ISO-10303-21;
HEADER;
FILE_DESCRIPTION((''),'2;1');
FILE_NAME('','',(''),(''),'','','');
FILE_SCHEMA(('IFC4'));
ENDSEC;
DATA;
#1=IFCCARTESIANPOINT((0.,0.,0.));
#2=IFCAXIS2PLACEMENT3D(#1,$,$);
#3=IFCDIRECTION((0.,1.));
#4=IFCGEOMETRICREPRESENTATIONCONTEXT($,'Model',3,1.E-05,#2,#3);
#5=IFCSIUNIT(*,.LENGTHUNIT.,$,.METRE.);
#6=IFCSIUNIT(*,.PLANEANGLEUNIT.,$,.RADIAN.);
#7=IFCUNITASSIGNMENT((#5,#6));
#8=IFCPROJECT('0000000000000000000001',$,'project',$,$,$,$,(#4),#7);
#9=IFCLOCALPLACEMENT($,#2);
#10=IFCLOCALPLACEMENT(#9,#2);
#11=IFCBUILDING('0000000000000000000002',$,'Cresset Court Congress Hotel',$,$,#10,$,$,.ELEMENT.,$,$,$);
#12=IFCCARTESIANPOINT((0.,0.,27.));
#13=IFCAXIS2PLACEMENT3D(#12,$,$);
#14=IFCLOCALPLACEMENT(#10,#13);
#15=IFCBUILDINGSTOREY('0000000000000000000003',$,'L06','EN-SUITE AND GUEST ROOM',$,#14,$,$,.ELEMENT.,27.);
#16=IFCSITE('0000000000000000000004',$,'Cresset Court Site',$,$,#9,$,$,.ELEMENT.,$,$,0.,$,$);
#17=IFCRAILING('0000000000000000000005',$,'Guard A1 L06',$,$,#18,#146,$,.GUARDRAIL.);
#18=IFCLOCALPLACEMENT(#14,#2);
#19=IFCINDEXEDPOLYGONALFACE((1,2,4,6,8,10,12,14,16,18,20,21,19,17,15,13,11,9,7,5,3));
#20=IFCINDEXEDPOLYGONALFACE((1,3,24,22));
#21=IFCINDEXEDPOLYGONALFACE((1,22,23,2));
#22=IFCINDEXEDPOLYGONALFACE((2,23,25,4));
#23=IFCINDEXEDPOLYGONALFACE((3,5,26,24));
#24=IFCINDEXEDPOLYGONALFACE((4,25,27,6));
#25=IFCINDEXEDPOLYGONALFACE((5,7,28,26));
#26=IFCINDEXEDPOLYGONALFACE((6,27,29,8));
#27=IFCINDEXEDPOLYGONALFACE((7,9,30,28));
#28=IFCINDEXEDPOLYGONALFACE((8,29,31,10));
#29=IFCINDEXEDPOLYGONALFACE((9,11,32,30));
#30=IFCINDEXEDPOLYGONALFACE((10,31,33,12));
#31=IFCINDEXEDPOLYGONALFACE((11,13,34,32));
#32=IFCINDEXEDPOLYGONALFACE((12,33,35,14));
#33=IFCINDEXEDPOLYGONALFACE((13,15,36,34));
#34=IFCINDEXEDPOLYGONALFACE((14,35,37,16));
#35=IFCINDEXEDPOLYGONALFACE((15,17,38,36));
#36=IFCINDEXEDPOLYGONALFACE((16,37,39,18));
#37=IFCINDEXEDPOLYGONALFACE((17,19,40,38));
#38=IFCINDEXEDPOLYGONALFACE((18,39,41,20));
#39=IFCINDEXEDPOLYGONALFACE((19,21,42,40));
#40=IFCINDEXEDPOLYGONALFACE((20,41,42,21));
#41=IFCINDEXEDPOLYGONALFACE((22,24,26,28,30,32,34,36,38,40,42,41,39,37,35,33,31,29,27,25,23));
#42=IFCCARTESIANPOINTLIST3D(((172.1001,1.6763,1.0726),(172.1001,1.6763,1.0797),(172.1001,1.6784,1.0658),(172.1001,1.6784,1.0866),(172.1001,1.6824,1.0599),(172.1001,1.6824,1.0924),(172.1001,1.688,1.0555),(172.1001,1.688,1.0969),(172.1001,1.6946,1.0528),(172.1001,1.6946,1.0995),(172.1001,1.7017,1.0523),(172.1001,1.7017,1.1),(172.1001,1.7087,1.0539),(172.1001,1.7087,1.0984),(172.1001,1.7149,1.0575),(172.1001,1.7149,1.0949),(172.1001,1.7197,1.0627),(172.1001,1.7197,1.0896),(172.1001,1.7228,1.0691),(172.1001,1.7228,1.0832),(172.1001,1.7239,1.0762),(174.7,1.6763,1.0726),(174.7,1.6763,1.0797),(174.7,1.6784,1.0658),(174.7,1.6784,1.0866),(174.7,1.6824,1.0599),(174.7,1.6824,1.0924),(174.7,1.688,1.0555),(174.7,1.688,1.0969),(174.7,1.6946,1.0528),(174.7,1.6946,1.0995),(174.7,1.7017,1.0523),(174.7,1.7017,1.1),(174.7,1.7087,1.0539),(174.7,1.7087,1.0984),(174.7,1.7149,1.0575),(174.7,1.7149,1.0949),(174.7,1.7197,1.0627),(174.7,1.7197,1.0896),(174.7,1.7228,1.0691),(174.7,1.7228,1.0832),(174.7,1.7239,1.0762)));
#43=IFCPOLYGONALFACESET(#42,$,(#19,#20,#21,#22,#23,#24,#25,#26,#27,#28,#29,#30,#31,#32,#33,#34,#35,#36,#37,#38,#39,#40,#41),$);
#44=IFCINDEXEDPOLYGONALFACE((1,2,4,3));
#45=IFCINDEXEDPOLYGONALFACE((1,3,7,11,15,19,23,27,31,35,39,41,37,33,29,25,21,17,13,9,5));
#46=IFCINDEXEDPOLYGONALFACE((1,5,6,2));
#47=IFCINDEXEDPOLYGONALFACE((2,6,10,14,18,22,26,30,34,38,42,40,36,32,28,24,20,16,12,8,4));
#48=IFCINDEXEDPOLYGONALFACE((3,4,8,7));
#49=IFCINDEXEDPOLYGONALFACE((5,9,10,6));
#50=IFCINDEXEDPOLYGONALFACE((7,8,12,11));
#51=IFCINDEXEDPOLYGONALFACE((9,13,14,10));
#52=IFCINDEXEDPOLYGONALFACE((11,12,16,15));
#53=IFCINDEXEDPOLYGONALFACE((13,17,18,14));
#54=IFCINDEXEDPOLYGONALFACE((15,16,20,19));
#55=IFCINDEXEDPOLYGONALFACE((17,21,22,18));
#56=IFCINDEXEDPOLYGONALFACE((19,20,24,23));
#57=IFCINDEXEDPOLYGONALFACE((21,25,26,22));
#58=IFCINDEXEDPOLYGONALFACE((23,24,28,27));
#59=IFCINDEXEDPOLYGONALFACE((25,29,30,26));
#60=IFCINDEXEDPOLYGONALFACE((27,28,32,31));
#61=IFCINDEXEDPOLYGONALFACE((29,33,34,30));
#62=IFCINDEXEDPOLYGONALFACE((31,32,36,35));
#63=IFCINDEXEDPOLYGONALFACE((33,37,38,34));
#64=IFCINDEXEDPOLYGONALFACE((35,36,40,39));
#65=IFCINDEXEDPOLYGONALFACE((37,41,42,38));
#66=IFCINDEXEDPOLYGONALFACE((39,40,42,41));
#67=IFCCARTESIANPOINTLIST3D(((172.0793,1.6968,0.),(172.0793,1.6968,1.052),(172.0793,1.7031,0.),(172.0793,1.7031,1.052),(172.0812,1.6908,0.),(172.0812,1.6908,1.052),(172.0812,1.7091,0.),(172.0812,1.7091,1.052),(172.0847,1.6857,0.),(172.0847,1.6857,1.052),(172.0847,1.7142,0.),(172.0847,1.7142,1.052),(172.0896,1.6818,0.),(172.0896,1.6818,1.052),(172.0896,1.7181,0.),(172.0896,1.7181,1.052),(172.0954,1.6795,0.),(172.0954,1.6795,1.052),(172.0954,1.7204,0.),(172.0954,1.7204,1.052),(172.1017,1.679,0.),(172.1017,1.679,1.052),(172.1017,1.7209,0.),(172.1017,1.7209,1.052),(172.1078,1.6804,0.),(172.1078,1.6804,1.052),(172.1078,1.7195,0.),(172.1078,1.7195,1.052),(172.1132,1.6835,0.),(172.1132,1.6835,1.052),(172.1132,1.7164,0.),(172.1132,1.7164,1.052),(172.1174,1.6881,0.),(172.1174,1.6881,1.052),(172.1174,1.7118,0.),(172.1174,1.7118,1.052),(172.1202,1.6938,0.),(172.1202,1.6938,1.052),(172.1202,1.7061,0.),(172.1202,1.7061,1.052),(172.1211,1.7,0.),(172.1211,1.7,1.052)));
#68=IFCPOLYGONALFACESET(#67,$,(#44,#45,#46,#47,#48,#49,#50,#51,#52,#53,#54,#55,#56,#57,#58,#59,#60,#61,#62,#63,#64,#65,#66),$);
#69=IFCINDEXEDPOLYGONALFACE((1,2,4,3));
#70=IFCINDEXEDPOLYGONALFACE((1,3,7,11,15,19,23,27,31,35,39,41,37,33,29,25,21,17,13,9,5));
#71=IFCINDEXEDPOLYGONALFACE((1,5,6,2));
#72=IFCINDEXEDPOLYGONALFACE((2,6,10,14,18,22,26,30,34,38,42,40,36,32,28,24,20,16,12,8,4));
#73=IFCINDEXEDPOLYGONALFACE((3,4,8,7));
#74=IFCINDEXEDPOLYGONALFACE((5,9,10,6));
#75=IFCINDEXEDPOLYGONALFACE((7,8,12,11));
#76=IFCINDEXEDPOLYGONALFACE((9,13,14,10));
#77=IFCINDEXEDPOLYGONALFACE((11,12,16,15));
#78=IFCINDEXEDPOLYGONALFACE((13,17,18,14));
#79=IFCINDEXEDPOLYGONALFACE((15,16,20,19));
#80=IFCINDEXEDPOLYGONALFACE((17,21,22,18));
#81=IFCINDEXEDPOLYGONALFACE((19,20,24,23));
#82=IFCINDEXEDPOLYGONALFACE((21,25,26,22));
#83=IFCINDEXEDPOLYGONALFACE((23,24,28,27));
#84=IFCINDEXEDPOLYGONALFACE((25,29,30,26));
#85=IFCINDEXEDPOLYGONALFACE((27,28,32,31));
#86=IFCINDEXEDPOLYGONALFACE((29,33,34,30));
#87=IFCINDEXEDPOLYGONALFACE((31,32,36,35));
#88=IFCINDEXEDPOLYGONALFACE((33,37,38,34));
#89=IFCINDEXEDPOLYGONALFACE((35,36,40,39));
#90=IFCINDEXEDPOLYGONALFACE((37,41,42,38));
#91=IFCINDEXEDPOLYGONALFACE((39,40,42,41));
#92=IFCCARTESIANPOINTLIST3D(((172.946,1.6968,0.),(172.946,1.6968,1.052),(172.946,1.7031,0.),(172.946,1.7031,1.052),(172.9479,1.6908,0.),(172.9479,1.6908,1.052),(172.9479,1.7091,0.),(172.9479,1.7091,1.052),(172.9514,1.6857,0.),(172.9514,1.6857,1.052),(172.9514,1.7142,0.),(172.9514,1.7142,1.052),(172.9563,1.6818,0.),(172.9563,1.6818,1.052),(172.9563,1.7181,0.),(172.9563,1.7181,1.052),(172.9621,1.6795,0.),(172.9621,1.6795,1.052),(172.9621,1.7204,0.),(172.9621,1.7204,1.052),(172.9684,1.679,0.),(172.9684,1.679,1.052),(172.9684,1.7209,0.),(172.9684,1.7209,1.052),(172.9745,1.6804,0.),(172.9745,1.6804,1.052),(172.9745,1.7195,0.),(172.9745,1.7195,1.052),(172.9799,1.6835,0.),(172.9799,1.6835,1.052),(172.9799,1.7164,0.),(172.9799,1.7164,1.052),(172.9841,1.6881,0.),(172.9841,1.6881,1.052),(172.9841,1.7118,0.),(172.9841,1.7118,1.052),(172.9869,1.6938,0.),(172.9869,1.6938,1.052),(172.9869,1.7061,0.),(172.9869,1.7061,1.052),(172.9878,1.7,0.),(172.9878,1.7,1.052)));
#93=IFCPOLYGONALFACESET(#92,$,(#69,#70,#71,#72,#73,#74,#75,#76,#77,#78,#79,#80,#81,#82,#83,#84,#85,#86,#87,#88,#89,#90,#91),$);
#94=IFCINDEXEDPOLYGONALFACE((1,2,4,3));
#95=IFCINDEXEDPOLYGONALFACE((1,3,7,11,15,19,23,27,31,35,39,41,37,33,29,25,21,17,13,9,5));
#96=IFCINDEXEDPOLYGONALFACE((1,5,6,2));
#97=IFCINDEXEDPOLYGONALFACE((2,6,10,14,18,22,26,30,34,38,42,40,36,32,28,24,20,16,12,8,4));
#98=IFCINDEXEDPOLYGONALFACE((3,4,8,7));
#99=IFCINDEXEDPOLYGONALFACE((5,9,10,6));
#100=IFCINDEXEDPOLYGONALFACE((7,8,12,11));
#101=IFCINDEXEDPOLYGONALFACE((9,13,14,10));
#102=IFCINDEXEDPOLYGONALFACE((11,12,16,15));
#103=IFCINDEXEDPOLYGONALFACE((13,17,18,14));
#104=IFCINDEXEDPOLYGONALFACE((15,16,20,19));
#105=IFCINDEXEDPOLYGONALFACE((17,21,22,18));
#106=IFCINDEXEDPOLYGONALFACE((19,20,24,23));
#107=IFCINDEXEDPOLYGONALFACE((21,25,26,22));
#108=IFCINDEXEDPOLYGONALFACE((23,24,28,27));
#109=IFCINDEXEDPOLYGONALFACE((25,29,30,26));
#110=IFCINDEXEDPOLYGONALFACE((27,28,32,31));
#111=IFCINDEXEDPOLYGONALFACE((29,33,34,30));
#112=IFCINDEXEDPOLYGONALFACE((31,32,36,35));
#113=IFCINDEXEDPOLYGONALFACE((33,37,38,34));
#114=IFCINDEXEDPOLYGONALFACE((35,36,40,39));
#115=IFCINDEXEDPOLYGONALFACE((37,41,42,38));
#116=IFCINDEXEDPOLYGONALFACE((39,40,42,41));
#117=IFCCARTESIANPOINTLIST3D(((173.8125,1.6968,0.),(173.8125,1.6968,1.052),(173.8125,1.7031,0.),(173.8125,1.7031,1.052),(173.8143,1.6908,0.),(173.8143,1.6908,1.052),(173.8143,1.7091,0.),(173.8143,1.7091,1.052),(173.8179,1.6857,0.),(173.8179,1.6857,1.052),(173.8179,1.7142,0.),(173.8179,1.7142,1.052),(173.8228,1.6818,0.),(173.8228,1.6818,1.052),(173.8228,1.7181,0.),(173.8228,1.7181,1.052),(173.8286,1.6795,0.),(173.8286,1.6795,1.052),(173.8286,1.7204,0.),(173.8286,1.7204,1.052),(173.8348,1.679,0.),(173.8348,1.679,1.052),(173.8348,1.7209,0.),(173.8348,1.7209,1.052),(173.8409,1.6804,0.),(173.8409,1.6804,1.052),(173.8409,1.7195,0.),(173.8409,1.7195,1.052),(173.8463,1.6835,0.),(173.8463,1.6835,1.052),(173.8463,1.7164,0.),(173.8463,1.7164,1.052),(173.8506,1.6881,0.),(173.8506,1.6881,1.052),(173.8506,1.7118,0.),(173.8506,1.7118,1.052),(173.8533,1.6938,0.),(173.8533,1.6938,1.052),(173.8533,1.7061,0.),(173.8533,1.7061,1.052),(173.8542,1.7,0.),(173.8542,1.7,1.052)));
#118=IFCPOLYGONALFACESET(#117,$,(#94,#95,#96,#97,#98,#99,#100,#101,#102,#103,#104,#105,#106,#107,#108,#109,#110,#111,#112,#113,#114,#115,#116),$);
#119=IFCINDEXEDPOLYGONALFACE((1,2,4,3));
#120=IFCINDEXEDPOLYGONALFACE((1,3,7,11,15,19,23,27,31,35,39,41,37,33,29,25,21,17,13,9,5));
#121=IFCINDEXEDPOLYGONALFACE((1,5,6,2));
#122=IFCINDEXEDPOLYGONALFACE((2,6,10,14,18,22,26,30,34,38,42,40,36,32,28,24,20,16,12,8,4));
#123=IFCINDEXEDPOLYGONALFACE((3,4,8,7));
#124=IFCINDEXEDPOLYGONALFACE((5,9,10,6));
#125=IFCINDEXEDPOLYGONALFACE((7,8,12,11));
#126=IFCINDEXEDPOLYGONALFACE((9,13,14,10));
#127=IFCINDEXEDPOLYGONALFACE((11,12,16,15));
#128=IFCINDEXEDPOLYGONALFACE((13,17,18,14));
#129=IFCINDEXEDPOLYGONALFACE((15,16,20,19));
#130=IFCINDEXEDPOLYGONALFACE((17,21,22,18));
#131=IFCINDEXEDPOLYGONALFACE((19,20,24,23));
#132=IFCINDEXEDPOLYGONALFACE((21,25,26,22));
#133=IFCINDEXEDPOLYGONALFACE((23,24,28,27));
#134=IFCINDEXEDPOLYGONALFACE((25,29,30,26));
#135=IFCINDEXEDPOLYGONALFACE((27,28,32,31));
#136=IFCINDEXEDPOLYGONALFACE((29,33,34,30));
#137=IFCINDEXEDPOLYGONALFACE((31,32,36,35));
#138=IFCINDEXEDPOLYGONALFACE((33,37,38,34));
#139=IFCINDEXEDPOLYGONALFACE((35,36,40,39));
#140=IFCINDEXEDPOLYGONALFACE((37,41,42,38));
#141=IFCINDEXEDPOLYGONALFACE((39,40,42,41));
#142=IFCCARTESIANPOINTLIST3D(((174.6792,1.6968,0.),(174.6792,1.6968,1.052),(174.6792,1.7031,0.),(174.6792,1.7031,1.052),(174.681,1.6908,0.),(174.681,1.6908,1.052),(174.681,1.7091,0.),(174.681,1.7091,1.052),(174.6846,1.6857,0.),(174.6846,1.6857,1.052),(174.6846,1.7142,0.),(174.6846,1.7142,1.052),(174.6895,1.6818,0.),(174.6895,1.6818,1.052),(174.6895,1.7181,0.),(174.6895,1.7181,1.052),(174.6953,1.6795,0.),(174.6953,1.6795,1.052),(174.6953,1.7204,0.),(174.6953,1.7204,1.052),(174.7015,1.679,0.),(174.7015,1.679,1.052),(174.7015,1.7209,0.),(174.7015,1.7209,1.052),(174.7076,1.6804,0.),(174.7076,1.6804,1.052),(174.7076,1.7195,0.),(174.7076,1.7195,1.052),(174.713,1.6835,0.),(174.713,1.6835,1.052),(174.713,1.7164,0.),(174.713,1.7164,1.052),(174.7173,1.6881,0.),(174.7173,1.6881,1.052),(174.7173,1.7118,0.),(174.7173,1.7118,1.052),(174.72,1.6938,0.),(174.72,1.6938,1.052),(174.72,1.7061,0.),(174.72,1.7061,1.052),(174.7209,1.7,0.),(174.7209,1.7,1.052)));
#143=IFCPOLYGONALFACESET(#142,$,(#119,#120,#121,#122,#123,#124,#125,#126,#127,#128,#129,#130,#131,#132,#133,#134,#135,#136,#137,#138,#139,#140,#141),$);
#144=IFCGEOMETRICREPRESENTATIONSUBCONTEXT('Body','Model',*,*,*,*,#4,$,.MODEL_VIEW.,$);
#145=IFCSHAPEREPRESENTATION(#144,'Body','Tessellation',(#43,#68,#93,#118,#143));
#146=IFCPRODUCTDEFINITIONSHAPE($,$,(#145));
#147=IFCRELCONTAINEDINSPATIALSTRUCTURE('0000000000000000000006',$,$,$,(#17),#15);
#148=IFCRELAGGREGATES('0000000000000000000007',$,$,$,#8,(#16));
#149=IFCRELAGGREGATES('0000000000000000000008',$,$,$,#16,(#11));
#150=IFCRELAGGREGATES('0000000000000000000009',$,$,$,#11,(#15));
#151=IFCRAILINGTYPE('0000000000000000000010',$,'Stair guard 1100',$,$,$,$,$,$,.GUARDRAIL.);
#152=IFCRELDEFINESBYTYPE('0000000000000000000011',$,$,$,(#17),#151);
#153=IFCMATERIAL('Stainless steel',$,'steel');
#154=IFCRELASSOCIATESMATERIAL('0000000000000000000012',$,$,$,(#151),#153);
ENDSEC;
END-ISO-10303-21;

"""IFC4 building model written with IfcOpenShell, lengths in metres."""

from ifc_helpers import new_model, si_unit, direction, frame, origin, origin_2d, place, context, subcontext, project, spatial, circle, extrude, material, type_object, element, save


model = new_model("IFC4")

# Units and contexts
model_context = context("Model", 3, precision=1e-05, world=origin(), true_north=direction((0.0, 1.0)))
body_context = subcontext(model_context, "Body", "Model", "MODEL_VIEW")
ifc_project = project(units=[si_unit("LENGTHUNIT", "METRE"), si_unit("PLANEANGLEUNIT", "RADIAN")], contexts=[model_context])

# Site, building, storey
site_placement = place(None, origin())
site = spatial("IfcSite", under=ifc_project, at=site_placement, Name="Cresset Court Site", CompositionType="ELEMENT", RefElevation=0.0)
building_placement = place(site_placement, origin())
building = spatial("IfcBuilding", under=site, at=building_placement, Name="Cresset Court Congress Hotel", CompositionType="ELEMENT")
storey_placement = place(building_placement, frame((0.0, 0.0, 27.0)))
storey = spatial("IfcBuildingStorey", under=building, at=storey_placement, Name="L06", Description="EN-SUITE AND GUEST ROOM", CompositionType="ELEMENT", Elevation=27.0)

# Railing
ifc_material_1 = material(Name="Stainless steel", Category="steel")
railing_type_1 = type_object("IfcRailingType", Name="Stair guard 1100", PredefinedType="GUARDRAIL", material=ifc_material_1)
railing_1_placement = place(storey_placement, frame((172.1001, 1.7, 0.0)))
element("IfcRailing", 1, at=railing_1_placement, inside=storey, type_object=railing_type_1, Name="Guard A1 L06", PredefinedType="GUARDRAIL", context=body_context, shape_type="SweptSolid", body=[
    extrude(circle(Radius=0.0239, at=origin_2d()), frame((0.0, 0.0, 1.0762), z_axis=(1.0, 0.0, 0.0), x_axis=(0.0, 1.0, 0.0)), (0.0, 0.0, 1.0), 2.5999),
    extrude(circle(Radius=0.021, at=origin_2d()), origin(), (0.0, 0.0, 1.0), 1.052),
    extrude(circle(Radius=0.021, at=origin_2d()), frame((0.8667, 0.0, 0.0)), (0.0, 0.0, 1.0), 1.052),
    extrude(circle(Radius=0.021, at=origin_2d()), frame((1.7332, 0.0, 0.0)), (0.0, 0.0, 1.0), 1.052),
    extrude(circle(Radius=0.021, at=origin_2d()), frame((2.5999, 0.0, 0.0)), (0.0, 0.0, 1.0), 1.052),
])

save(model, "model.ifc")
